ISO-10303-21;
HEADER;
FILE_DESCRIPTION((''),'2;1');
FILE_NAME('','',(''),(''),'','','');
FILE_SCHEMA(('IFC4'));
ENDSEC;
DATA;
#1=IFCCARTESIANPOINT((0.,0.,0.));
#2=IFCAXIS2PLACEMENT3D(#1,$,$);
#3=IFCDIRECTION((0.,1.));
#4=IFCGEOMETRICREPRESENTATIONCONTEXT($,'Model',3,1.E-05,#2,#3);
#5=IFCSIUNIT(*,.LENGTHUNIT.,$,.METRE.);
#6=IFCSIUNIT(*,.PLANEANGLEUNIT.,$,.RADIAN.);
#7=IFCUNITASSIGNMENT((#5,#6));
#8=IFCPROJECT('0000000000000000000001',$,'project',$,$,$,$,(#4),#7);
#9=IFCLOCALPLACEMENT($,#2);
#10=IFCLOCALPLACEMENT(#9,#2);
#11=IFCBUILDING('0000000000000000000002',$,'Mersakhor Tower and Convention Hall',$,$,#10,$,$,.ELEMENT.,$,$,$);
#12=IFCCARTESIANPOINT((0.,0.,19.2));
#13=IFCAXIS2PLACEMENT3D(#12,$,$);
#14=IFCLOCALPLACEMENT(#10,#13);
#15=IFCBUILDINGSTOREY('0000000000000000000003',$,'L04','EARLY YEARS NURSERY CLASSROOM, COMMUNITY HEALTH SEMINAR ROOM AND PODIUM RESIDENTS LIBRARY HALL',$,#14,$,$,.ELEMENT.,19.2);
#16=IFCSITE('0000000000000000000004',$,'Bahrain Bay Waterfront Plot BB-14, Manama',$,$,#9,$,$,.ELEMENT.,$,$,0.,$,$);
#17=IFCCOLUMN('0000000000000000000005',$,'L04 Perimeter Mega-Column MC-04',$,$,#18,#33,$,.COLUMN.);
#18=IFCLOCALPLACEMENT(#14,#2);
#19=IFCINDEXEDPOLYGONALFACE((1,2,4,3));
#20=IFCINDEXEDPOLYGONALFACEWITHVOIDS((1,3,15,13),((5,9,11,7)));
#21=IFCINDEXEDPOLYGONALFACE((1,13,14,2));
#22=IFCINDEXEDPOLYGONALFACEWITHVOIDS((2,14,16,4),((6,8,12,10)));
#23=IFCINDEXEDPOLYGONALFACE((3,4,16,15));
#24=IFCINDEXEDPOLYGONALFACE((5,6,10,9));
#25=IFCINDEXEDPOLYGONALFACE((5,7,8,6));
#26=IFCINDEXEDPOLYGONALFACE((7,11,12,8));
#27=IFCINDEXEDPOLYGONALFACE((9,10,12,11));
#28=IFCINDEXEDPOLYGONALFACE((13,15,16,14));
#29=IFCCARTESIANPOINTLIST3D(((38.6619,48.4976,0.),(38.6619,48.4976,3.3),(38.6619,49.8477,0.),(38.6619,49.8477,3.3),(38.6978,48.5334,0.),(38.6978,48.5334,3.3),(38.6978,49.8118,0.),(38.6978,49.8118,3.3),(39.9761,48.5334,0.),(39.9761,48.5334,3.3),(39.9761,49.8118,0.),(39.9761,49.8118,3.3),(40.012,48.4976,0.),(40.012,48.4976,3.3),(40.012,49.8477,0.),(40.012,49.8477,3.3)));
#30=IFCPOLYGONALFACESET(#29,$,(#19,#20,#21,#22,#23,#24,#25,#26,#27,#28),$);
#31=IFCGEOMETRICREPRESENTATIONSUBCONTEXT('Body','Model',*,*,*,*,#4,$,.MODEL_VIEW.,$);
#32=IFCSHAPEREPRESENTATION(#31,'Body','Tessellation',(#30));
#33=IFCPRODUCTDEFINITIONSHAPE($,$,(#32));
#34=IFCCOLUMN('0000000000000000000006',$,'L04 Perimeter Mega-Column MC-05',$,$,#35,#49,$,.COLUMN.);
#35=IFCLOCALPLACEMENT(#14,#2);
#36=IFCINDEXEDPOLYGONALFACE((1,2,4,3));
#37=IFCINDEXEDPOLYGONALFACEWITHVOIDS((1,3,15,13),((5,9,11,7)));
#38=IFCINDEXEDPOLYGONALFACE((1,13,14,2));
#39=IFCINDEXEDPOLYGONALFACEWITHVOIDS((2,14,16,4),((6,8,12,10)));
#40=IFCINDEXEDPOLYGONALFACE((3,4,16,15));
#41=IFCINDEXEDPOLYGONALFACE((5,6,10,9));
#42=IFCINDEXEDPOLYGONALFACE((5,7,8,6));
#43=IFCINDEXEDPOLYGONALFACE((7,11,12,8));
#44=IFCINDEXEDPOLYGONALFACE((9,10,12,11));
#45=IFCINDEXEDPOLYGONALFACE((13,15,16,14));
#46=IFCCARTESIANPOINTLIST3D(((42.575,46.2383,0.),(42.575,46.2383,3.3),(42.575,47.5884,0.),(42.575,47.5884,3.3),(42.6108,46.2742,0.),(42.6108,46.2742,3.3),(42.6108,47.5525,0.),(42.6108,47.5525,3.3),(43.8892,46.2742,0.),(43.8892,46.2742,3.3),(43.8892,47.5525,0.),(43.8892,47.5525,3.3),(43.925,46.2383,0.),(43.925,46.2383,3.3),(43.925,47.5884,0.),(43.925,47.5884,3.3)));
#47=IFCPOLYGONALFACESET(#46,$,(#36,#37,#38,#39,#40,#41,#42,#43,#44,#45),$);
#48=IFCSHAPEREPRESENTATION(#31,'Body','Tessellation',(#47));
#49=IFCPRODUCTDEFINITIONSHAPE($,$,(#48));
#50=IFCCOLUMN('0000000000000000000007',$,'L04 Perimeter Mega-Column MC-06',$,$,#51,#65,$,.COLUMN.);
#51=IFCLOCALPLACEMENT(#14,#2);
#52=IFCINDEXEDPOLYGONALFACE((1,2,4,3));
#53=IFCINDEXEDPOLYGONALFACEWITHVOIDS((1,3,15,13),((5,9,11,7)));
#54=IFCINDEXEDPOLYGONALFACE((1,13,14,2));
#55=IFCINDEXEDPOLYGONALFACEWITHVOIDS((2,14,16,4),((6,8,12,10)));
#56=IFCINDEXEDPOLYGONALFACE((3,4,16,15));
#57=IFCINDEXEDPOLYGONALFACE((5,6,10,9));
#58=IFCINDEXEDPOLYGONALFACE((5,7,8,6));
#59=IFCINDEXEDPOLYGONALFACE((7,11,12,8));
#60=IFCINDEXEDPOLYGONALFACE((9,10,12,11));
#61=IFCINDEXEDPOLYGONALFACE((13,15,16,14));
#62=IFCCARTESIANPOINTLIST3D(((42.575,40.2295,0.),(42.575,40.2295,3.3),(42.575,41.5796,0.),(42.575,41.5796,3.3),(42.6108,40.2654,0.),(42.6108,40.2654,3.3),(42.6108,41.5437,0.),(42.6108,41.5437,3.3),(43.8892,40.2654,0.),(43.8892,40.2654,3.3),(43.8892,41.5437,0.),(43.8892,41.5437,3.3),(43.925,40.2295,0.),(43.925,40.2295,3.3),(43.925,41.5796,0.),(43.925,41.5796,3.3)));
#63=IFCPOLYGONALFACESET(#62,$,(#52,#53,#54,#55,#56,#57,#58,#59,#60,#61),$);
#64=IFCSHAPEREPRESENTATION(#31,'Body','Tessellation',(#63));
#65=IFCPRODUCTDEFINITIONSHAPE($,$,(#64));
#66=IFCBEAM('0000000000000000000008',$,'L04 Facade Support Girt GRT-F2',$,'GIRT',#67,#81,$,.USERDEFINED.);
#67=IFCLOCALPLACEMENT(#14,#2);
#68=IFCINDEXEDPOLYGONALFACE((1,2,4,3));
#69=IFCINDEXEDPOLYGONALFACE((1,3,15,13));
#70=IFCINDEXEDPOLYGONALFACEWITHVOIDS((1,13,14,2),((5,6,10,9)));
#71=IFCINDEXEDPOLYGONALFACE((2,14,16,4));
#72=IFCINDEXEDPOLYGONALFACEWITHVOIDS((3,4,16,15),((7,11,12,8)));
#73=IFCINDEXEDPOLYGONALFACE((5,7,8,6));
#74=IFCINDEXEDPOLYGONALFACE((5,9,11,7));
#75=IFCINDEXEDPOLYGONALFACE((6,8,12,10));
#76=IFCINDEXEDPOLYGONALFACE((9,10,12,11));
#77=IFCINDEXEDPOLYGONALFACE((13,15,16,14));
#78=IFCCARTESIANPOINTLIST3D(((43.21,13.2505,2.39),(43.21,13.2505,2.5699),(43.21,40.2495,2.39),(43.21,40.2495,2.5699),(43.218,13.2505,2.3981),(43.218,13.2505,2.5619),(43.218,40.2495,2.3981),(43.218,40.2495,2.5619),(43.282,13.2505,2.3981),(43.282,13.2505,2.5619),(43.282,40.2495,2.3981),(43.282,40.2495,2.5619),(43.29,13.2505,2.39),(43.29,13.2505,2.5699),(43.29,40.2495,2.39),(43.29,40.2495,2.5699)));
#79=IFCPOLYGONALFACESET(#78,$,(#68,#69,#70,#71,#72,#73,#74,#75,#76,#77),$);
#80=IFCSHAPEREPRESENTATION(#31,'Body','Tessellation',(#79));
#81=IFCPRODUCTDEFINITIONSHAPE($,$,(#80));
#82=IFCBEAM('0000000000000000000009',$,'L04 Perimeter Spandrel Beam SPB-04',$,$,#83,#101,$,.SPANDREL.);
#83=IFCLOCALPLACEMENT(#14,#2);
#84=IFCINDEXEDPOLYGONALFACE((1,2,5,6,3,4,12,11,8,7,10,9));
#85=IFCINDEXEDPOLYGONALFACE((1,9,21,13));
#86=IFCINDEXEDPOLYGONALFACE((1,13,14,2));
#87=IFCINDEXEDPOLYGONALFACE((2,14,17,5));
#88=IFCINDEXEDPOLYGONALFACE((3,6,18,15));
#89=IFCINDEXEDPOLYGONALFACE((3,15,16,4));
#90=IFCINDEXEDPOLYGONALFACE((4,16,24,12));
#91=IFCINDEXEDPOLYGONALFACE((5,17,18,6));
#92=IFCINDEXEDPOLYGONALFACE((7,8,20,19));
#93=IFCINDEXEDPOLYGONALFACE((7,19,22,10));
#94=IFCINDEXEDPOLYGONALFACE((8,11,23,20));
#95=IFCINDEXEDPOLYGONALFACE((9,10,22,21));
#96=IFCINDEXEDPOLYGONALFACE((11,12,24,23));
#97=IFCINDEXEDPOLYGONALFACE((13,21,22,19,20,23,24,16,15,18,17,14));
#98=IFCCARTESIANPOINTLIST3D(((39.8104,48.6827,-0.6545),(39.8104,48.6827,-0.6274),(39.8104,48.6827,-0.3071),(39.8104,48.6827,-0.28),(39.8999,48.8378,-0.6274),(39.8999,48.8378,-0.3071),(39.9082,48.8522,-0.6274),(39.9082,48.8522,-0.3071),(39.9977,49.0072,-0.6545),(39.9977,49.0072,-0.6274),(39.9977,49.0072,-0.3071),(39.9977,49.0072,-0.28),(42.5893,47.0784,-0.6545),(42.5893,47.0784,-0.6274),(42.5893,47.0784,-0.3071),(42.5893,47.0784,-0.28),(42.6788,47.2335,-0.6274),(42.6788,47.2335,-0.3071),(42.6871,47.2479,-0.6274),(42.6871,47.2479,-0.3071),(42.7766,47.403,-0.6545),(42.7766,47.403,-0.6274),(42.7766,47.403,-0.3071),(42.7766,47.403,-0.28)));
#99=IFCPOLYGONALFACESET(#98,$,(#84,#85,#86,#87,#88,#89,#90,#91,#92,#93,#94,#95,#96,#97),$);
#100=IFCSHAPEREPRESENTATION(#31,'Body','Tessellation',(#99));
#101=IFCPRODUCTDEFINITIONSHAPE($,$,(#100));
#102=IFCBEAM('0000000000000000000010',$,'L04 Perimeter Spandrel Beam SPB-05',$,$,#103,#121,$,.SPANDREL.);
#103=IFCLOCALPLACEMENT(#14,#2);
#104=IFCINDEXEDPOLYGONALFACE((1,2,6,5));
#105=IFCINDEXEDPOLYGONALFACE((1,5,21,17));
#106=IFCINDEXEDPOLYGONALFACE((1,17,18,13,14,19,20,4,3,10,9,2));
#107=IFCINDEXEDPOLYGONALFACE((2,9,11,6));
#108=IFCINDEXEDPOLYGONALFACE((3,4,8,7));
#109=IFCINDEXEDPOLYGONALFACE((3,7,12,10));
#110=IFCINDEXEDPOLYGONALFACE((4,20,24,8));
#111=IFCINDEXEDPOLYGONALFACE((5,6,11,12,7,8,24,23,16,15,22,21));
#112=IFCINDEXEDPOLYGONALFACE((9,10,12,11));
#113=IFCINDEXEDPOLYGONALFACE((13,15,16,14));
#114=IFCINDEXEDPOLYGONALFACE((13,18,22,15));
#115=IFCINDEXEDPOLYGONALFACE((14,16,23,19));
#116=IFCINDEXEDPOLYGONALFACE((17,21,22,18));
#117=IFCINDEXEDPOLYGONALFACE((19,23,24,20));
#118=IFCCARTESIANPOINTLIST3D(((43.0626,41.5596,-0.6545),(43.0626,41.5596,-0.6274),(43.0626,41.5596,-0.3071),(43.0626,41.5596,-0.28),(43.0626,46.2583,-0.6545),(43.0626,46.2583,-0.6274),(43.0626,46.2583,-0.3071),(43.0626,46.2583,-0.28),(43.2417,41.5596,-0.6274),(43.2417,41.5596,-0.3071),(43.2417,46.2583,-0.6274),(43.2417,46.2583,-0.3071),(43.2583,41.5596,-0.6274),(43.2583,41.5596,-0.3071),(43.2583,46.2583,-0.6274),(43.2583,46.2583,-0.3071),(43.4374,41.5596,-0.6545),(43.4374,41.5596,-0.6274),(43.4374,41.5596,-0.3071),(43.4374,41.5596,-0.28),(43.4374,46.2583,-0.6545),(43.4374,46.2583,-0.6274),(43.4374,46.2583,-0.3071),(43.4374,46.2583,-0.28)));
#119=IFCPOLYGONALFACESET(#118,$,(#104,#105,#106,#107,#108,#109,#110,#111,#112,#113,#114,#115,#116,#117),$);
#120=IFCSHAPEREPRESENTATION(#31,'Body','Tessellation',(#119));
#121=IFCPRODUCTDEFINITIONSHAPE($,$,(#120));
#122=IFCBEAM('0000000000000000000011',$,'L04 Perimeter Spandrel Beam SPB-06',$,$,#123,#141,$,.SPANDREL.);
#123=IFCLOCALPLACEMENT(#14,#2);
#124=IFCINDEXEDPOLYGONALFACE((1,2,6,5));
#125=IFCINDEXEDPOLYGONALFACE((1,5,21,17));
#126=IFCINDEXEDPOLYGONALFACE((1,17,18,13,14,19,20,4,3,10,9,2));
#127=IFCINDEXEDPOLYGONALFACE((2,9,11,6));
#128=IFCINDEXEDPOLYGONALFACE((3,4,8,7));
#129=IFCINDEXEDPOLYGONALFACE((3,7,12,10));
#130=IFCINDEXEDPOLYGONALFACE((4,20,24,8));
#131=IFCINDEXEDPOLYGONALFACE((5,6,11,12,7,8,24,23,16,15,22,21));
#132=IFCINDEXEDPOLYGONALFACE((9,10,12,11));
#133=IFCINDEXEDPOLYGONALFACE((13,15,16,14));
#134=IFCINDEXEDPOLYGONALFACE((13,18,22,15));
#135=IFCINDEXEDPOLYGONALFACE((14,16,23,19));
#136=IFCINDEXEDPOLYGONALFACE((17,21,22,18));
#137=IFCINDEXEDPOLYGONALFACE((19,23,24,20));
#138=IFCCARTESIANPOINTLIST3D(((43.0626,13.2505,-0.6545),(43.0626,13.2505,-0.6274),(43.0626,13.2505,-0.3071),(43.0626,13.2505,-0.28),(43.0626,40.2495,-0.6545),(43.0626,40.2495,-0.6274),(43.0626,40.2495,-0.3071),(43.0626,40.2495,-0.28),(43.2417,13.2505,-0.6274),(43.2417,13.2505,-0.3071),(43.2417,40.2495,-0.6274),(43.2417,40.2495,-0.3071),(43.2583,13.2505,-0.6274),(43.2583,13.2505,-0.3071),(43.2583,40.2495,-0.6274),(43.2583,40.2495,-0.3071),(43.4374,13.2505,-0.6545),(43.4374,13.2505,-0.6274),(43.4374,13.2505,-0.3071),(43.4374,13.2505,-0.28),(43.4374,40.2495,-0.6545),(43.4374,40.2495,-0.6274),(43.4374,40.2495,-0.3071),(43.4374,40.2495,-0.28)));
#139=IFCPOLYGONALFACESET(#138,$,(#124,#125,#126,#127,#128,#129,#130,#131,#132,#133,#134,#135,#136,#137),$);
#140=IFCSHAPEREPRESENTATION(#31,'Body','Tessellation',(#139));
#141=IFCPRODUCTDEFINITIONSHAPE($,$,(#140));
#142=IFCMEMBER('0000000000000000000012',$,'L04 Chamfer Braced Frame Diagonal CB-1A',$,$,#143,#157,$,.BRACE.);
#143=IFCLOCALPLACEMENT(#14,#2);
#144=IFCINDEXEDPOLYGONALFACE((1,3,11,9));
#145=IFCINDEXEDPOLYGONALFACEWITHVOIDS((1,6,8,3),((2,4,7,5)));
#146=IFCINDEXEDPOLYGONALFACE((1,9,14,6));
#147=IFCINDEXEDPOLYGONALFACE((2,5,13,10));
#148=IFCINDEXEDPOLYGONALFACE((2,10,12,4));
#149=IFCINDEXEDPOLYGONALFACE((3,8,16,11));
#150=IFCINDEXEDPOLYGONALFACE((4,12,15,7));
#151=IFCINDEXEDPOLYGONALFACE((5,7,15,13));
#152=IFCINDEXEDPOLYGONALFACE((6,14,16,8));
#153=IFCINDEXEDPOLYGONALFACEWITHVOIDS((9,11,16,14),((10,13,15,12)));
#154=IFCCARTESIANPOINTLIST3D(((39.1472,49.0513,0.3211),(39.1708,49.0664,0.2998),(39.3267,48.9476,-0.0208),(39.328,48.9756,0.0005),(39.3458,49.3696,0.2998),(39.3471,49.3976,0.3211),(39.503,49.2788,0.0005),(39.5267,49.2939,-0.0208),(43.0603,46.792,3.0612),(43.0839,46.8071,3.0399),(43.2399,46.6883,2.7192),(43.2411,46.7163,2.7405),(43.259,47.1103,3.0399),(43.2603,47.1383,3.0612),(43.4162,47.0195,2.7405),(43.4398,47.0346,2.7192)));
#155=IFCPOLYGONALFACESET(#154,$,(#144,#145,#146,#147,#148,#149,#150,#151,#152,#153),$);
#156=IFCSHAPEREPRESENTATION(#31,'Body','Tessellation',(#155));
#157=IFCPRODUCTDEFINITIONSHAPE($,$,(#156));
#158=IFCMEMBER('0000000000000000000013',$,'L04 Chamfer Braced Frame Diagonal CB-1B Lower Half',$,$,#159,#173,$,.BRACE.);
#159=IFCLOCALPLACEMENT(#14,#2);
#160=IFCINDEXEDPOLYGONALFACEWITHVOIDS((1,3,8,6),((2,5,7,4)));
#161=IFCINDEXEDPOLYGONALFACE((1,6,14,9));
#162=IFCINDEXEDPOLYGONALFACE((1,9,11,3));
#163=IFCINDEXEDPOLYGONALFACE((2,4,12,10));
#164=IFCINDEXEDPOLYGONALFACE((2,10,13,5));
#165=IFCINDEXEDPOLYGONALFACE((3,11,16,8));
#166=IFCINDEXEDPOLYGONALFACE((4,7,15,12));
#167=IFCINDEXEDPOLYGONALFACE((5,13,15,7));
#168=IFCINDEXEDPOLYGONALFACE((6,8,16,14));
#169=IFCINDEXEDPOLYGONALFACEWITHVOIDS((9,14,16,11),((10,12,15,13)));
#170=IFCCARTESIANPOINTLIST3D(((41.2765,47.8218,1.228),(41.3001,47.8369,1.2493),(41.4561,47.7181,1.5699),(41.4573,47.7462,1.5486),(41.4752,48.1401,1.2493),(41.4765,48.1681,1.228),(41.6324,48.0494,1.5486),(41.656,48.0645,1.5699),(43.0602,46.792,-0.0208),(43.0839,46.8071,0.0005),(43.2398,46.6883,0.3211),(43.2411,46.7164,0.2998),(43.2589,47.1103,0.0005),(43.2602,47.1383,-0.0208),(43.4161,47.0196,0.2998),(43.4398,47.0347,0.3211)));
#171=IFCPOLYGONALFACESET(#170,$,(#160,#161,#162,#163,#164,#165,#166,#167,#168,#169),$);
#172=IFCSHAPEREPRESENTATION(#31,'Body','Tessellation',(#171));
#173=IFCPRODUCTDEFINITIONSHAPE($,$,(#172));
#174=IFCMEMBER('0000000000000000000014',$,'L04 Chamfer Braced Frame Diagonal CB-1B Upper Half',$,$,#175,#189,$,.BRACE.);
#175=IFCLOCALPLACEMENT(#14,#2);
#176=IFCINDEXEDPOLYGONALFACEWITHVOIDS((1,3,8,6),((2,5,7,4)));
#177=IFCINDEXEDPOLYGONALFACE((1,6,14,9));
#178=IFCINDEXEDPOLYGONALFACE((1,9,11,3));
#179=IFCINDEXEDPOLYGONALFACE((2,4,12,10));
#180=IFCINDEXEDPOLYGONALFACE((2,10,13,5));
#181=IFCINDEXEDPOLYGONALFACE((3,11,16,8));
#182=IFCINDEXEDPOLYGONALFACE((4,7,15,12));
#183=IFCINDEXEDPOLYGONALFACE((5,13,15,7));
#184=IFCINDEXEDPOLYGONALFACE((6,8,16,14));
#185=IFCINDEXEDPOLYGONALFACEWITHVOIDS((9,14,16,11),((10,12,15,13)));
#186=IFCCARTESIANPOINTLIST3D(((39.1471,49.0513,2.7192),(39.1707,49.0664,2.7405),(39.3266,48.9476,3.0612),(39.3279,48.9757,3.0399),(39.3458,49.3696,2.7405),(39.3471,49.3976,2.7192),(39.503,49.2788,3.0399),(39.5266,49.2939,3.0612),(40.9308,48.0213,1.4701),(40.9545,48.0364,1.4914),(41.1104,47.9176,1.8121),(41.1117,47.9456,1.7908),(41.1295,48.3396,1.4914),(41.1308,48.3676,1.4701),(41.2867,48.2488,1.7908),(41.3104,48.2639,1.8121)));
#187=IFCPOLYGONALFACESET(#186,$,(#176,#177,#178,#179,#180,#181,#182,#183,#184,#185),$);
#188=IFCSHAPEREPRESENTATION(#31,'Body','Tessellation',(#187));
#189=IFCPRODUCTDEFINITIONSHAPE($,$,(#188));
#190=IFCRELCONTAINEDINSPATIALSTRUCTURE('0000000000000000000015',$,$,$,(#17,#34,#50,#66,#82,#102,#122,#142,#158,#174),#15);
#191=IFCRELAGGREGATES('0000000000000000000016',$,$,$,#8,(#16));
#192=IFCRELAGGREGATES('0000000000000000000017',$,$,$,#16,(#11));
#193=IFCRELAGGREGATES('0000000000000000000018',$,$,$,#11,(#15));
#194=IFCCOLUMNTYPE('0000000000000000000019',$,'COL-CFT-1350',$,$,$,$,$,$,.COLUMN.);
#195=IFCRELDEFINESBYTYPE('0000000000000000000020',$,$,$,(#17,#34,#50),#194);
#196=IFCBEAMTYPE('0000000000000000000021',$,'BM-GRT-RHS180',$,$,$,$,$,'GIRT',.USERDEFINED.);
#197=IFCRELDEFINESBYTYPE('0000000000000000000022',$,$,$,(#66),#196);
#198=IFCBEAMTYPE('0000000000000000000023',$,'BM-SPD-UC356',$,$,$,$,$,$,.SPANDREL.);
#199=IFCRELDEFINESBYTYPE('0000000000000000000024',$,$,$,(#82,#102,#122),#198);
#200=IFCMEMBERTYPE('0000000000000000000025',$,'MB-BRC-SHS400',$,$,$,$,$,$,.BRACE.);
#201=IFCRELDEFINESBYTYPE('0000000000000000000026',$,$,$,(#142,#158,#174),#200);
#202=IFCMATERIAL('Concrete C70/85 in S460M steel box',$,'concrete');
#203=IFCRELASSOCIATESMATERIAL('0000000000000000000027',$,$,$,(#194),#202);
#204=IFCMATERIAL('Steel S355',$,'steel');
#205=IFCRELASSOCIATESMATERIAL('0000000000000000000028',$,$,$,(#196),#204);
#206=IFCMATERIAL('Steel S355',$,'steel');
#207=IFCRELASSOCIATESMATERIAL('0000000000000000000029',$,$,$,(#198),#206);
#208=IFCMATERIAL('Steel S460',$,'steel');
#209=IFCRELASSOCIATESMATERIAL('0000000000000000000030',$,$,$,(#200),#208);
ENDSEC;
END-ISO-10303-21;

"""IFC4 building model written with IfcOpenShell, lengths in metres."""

from ifc_helpers import new_model, si_unit, direction, frame, origin, origin_2d, place, context, subcontext, project, spatial, hollow_rectangle, i_section, extrude, material, material_profile, profile_set, type_object, element, save


model = new_model("IFC4")

# Units and contexts
model_context = context("Model", 3, precision=1e-05, world=origin(), true_north=direction((0.0, 1.0)))
body_context = subcontext(model_context, "Body", "Model", "MODEL_VIEW")
ifc_project = project(units=[si_unit("LENGTHUNIT", "METRE"), si_unit("PLANEANGLEUNIT", "RADIAN")], contexts=[model_context])

# Site, building, storey
site_placement = place(None, origin())
site = spatial("IfcSite", under=ifc_project, at=site_placement, Name="Bahrain Bay Waterfront Plot BB-14, Manama", CompositionType="ELEMENT", RefElevation=0.0)
building_placement = place(site_placement, origin())
building = spatial("IfcBuilding", under=site, at=building_placement, Name="Mersakhor Tower and Convention Hall", CompositionType="ELEMENT")
storey_placement = place(building_placement, frame((0.0, 0.0, 19.2)))
storey = spatial("IfcBuildingStorey", under=building, at=storey_placement, Name="L04", Description="EARLY YEARS NURSERY CLASSROOM, COMMUNITY HEALTH SEMINAR ROOM AND PODIUM RESIDENTS LIBRARY HALL", CompositionType="ELEMENT", Elevation=19.2)

# Columns
ifc_material_1 = material(Name="Concrete C70/85 in S460M steel box", Category="concrete")
ifc_material_profile_1 = material_profile(ifc_material_1, hollow_rectangle(XDim=1.3501, YDim=1.3501, WallThickness=0.0359, at=origin_2d()), Name="SHS 1350x1350x36")
ifc_profile_set_1 = profile_set([ifc_material_profile_1], Name="Concrete C70/85 in S460M steel box")
column_type = type_object("IfcColumnType", Name="COL-CFT-1350", PredefinedType="COLUMN", material=ifc_profile_set_1)
for number, where, z_axis, x_axis, name in (
    (1, (39.3369, 49.1726, 0.0), (0.0, 0.0, 1.0), (1.0, 0.0, 0.0), "L04 Perimeter Mega-Column MC-04"),
    (2, (43.25, 46.9133, 0.0), (0.0, 0.0, 1.0), (1.0, 0.0, 0.0), "L04 Perimeter Mega-Column MC-05"),
    (3, (43.25, 40.9045, 0.0), (0.0, 0.0, 1.0), (1.0, 0.0, 0.0), "L04 Perimeter Mega-Column MC-06"),
):
    element("IfcColumn", number, at=place(storey_placement, frame(where, z_axis=z_axis, x_axis=x_axis)), inside=storey, type_object=column_type, Name=name, PredefinedType="COLUMN", context=body_context, shape_type="SweptSolid", body=[
        extrude(hollow_rectangle(XDim=1.3501, YDim=1.3501, WallThickness=0.0359, at=origin_2d()), origin(), (0.0, 0.0, 1.0), 3.3),
    ])

# Beams
ifc_material_2 = material(Name="Steel S355", Category="steel")
ifc_material_profile_2 = material_profile(ifc_material_2, hollow_rectangle(XDim=0.0801, YDim=0.1799, WallThickness=0.0081, at=origin_2d()), Name="RHS 180x80x8")
ifc_profile_set_2 = profile_set([ifc_material_profile_2], Name="Steel S355")
beam_type_1 = type_object("IfcBeamType", Name="BM-GRT-RHS180", ElementType="GIRT", PredefinedType="USERDEFINED", material=ifc_profile_set_2)
beam_1_placement = place(storey_placement, frame((43.25, 40.2495, 2.48), z_axis=(0.0, -1.0, 0.0), x_axis=(1.0, 0.0, 0.0)))
element("IfcBeam", 4, at=beam_1_placement, inside=storey, type_object=beam_type_1, Name="L04 Facade Support Girt GRT-F2", ObjectType="GIRT", PredefinedType="USERDEFINED", context=body_context, shape_type="SweptSolid", body=[
    extrude(hollow_rectangle(XDim=0.0801, YDim=0.1799, WallThickness=0.0081, at=origin_2d()), origin(), (0.0, 0.0, 1.0), 26.999),
])
ifc_material_3 = material(Name="Steel S355", Category="steel")
ifc_material_profile_3 = material_profile(ifc_material_3, i_section(OverallWidth=0.3748, OverallDepth=0.3745, WebThickness=0.0166, FlangeThickness=0.0271, at=origin_2d()), Name="UC 356x368x202")
ifc_profile_set_3 = profile_set([ifc_material_profile_3], Name="Steel S355")
beam_type_2 = type_object("IfcBeamType", Name="BM-SPD-UC356", PredefinedType="SPANDREL", material=ifc_profile_set_3)
beam_2_placement = place(storey_placement, frame((39.9041, 48.845, -0.4673), z_axis=(0.866039, -0.499977, 0.0), x_axis=(0.499977, 0.866039, 0.0)))
element("IfcBeam", 5, at=beam_2_placement, inside=storey, type_object=beam_type_2, Name="L04 Perimeter Spandrel Beam SPB-04", PredefinedType="SPANDREL", context=body_context, shape_type="SweptSolid", body=[
    extrude(i_section(OverallWidth=0.3748, OverallDepth=0.3745, WebThickness=0.0166, FlangeThickness=0.0271, at=origin_2d()), origin(), (0.0, 0.0, 1.0), 3.2087),
])
beam_3_placement = place(storey_placement, frame((43.25, 46.2583, -0.4673), z_axis=(0.0, -1.0, 0.0), x_axis=(1.0, 0.0, 0.0)))
element("IfcBeam", 6, at=beam_3_placement, inside=storey, type_object=beam_type_2, Name="L04 Perimeter Spandrel Beam SPB-05", PredefinedType="SPANDREL", context=body_context, shape_type="SweptSolid", body=[
    extrude(i_section(OverallWidth=0.3748, OverallDepth=0.3745, WebThickness=0.0166, FlangeThickness=0.0271, at=origin_2d()), origin(), (0.0, 0.0, 1.0), 4.6987),
])
beam_4_placement = place(storey_placement, frame((43.25, 40.2495, -0.4673), z_axis=(0.0, -1.0, 0.0), x_axis=(1.0, 0.0, 0.0)))
element("IfcBeam", 7, at=beam_4_placement, inside=storey, type_object=beam_type_2, Name="L04 Perimeter Spandrel Beam SPB-06", PredefinedType="SPANDREL", context=body_context, shape_type="SweptSolid", body=[
    extrude(i_section(OverallWidth=0.3748, OverallDepth=0.3745, WebThickness=0.0166, FlangeThickness=0.0271, at=origin_2d()), origin(), (0.0, 0.0, 1.0), 26.999),
])

# Members
ifc_material_4 = material(Name="Steel S460", Category="steel")
ifc_material_profile_4 = material_profile(ifc_material_4, hollow_rectangle(XDim=0.3999, YDim=0.3999, WallThickness=0.0249, at=origin_2d()), Name="SHS 400x400x25")
ifc_profile_set_4 = profile_set([ifc_material_profile_4], Name="Steel S460")
member_type = type_object("IfcMemberType", Name="MB-BRC-SHS400", PredefinedType="BRACE", material=ifc_profile_set_4)
member_1_placement = place(storey_placement, frame((39.3369, 49.1726, 0.1501), z_axis=(0.740508, -0.427543, 0.518513), x_axis=(0.500009, 0.86602, 0.0)))
element("IfcMember", 8, at=member_1_placement, inside=storey, type_object=member_type, Name="L04 Chamfer Braced Frame Diagonal CB-1A", PredefinedType="BRACE", context=body_context, shape_type="SweptSolid", body=[
    extrude(hollow_rectangle(XDim=0.3999, YDim=0.3999, WallThickness=0.0249, at=origin_2d()), origin(), (0.0, 0.0, 1.0), 5.2844),
])
member_2_placement = place(storey_placement, frame((43.25, 46.9133, 0.1501), z_axis=(-0.740544, 0.427541, 0.518462), x_axis=(-0.499989, -0.866032, 0.0)))
element("IfcMember", 9, at=member_2_placement, inside=storey, type_object=member_type, Name="L04 Chamfer Braced Frame Diagonal CB-1B Lower Half", PredefinedType="BRACE", context=body_context, shape_type="SweptSolid", body=[
    extrude(hollow_rectangle(XDim=0.3999, YDim=0.3999, WallThickness=0.0249, at=origin_2d()), origin(), (0.0, 0.0, 1.0), 2.4087),
])
member_3_placement = place(storey_placement, frame((41.1206, 48.1426, 1.6411), z_axis=(-0.740473, 0.427601, 0.518514), x_axis=(-0.500078, -0.86598, 0.0)))
element("IfcMember", 10, at=member_3_placement, inside=storey, type_object=member_type, Name="L04 Chamfer Braced Frame Diagonal CB-1B Upper Half", PredefinedType="BRACE", context=body_context, shape_type="SweptSolid", body=[
    extrude(hollow_rectangle(XDim=0.3999, YDim=0.3999, WallThickness=0.0249, at=origin_2d()), origin(), (0.0, 0.0, 1.0), 2.4089),
])

save(model, "model.ifc")
